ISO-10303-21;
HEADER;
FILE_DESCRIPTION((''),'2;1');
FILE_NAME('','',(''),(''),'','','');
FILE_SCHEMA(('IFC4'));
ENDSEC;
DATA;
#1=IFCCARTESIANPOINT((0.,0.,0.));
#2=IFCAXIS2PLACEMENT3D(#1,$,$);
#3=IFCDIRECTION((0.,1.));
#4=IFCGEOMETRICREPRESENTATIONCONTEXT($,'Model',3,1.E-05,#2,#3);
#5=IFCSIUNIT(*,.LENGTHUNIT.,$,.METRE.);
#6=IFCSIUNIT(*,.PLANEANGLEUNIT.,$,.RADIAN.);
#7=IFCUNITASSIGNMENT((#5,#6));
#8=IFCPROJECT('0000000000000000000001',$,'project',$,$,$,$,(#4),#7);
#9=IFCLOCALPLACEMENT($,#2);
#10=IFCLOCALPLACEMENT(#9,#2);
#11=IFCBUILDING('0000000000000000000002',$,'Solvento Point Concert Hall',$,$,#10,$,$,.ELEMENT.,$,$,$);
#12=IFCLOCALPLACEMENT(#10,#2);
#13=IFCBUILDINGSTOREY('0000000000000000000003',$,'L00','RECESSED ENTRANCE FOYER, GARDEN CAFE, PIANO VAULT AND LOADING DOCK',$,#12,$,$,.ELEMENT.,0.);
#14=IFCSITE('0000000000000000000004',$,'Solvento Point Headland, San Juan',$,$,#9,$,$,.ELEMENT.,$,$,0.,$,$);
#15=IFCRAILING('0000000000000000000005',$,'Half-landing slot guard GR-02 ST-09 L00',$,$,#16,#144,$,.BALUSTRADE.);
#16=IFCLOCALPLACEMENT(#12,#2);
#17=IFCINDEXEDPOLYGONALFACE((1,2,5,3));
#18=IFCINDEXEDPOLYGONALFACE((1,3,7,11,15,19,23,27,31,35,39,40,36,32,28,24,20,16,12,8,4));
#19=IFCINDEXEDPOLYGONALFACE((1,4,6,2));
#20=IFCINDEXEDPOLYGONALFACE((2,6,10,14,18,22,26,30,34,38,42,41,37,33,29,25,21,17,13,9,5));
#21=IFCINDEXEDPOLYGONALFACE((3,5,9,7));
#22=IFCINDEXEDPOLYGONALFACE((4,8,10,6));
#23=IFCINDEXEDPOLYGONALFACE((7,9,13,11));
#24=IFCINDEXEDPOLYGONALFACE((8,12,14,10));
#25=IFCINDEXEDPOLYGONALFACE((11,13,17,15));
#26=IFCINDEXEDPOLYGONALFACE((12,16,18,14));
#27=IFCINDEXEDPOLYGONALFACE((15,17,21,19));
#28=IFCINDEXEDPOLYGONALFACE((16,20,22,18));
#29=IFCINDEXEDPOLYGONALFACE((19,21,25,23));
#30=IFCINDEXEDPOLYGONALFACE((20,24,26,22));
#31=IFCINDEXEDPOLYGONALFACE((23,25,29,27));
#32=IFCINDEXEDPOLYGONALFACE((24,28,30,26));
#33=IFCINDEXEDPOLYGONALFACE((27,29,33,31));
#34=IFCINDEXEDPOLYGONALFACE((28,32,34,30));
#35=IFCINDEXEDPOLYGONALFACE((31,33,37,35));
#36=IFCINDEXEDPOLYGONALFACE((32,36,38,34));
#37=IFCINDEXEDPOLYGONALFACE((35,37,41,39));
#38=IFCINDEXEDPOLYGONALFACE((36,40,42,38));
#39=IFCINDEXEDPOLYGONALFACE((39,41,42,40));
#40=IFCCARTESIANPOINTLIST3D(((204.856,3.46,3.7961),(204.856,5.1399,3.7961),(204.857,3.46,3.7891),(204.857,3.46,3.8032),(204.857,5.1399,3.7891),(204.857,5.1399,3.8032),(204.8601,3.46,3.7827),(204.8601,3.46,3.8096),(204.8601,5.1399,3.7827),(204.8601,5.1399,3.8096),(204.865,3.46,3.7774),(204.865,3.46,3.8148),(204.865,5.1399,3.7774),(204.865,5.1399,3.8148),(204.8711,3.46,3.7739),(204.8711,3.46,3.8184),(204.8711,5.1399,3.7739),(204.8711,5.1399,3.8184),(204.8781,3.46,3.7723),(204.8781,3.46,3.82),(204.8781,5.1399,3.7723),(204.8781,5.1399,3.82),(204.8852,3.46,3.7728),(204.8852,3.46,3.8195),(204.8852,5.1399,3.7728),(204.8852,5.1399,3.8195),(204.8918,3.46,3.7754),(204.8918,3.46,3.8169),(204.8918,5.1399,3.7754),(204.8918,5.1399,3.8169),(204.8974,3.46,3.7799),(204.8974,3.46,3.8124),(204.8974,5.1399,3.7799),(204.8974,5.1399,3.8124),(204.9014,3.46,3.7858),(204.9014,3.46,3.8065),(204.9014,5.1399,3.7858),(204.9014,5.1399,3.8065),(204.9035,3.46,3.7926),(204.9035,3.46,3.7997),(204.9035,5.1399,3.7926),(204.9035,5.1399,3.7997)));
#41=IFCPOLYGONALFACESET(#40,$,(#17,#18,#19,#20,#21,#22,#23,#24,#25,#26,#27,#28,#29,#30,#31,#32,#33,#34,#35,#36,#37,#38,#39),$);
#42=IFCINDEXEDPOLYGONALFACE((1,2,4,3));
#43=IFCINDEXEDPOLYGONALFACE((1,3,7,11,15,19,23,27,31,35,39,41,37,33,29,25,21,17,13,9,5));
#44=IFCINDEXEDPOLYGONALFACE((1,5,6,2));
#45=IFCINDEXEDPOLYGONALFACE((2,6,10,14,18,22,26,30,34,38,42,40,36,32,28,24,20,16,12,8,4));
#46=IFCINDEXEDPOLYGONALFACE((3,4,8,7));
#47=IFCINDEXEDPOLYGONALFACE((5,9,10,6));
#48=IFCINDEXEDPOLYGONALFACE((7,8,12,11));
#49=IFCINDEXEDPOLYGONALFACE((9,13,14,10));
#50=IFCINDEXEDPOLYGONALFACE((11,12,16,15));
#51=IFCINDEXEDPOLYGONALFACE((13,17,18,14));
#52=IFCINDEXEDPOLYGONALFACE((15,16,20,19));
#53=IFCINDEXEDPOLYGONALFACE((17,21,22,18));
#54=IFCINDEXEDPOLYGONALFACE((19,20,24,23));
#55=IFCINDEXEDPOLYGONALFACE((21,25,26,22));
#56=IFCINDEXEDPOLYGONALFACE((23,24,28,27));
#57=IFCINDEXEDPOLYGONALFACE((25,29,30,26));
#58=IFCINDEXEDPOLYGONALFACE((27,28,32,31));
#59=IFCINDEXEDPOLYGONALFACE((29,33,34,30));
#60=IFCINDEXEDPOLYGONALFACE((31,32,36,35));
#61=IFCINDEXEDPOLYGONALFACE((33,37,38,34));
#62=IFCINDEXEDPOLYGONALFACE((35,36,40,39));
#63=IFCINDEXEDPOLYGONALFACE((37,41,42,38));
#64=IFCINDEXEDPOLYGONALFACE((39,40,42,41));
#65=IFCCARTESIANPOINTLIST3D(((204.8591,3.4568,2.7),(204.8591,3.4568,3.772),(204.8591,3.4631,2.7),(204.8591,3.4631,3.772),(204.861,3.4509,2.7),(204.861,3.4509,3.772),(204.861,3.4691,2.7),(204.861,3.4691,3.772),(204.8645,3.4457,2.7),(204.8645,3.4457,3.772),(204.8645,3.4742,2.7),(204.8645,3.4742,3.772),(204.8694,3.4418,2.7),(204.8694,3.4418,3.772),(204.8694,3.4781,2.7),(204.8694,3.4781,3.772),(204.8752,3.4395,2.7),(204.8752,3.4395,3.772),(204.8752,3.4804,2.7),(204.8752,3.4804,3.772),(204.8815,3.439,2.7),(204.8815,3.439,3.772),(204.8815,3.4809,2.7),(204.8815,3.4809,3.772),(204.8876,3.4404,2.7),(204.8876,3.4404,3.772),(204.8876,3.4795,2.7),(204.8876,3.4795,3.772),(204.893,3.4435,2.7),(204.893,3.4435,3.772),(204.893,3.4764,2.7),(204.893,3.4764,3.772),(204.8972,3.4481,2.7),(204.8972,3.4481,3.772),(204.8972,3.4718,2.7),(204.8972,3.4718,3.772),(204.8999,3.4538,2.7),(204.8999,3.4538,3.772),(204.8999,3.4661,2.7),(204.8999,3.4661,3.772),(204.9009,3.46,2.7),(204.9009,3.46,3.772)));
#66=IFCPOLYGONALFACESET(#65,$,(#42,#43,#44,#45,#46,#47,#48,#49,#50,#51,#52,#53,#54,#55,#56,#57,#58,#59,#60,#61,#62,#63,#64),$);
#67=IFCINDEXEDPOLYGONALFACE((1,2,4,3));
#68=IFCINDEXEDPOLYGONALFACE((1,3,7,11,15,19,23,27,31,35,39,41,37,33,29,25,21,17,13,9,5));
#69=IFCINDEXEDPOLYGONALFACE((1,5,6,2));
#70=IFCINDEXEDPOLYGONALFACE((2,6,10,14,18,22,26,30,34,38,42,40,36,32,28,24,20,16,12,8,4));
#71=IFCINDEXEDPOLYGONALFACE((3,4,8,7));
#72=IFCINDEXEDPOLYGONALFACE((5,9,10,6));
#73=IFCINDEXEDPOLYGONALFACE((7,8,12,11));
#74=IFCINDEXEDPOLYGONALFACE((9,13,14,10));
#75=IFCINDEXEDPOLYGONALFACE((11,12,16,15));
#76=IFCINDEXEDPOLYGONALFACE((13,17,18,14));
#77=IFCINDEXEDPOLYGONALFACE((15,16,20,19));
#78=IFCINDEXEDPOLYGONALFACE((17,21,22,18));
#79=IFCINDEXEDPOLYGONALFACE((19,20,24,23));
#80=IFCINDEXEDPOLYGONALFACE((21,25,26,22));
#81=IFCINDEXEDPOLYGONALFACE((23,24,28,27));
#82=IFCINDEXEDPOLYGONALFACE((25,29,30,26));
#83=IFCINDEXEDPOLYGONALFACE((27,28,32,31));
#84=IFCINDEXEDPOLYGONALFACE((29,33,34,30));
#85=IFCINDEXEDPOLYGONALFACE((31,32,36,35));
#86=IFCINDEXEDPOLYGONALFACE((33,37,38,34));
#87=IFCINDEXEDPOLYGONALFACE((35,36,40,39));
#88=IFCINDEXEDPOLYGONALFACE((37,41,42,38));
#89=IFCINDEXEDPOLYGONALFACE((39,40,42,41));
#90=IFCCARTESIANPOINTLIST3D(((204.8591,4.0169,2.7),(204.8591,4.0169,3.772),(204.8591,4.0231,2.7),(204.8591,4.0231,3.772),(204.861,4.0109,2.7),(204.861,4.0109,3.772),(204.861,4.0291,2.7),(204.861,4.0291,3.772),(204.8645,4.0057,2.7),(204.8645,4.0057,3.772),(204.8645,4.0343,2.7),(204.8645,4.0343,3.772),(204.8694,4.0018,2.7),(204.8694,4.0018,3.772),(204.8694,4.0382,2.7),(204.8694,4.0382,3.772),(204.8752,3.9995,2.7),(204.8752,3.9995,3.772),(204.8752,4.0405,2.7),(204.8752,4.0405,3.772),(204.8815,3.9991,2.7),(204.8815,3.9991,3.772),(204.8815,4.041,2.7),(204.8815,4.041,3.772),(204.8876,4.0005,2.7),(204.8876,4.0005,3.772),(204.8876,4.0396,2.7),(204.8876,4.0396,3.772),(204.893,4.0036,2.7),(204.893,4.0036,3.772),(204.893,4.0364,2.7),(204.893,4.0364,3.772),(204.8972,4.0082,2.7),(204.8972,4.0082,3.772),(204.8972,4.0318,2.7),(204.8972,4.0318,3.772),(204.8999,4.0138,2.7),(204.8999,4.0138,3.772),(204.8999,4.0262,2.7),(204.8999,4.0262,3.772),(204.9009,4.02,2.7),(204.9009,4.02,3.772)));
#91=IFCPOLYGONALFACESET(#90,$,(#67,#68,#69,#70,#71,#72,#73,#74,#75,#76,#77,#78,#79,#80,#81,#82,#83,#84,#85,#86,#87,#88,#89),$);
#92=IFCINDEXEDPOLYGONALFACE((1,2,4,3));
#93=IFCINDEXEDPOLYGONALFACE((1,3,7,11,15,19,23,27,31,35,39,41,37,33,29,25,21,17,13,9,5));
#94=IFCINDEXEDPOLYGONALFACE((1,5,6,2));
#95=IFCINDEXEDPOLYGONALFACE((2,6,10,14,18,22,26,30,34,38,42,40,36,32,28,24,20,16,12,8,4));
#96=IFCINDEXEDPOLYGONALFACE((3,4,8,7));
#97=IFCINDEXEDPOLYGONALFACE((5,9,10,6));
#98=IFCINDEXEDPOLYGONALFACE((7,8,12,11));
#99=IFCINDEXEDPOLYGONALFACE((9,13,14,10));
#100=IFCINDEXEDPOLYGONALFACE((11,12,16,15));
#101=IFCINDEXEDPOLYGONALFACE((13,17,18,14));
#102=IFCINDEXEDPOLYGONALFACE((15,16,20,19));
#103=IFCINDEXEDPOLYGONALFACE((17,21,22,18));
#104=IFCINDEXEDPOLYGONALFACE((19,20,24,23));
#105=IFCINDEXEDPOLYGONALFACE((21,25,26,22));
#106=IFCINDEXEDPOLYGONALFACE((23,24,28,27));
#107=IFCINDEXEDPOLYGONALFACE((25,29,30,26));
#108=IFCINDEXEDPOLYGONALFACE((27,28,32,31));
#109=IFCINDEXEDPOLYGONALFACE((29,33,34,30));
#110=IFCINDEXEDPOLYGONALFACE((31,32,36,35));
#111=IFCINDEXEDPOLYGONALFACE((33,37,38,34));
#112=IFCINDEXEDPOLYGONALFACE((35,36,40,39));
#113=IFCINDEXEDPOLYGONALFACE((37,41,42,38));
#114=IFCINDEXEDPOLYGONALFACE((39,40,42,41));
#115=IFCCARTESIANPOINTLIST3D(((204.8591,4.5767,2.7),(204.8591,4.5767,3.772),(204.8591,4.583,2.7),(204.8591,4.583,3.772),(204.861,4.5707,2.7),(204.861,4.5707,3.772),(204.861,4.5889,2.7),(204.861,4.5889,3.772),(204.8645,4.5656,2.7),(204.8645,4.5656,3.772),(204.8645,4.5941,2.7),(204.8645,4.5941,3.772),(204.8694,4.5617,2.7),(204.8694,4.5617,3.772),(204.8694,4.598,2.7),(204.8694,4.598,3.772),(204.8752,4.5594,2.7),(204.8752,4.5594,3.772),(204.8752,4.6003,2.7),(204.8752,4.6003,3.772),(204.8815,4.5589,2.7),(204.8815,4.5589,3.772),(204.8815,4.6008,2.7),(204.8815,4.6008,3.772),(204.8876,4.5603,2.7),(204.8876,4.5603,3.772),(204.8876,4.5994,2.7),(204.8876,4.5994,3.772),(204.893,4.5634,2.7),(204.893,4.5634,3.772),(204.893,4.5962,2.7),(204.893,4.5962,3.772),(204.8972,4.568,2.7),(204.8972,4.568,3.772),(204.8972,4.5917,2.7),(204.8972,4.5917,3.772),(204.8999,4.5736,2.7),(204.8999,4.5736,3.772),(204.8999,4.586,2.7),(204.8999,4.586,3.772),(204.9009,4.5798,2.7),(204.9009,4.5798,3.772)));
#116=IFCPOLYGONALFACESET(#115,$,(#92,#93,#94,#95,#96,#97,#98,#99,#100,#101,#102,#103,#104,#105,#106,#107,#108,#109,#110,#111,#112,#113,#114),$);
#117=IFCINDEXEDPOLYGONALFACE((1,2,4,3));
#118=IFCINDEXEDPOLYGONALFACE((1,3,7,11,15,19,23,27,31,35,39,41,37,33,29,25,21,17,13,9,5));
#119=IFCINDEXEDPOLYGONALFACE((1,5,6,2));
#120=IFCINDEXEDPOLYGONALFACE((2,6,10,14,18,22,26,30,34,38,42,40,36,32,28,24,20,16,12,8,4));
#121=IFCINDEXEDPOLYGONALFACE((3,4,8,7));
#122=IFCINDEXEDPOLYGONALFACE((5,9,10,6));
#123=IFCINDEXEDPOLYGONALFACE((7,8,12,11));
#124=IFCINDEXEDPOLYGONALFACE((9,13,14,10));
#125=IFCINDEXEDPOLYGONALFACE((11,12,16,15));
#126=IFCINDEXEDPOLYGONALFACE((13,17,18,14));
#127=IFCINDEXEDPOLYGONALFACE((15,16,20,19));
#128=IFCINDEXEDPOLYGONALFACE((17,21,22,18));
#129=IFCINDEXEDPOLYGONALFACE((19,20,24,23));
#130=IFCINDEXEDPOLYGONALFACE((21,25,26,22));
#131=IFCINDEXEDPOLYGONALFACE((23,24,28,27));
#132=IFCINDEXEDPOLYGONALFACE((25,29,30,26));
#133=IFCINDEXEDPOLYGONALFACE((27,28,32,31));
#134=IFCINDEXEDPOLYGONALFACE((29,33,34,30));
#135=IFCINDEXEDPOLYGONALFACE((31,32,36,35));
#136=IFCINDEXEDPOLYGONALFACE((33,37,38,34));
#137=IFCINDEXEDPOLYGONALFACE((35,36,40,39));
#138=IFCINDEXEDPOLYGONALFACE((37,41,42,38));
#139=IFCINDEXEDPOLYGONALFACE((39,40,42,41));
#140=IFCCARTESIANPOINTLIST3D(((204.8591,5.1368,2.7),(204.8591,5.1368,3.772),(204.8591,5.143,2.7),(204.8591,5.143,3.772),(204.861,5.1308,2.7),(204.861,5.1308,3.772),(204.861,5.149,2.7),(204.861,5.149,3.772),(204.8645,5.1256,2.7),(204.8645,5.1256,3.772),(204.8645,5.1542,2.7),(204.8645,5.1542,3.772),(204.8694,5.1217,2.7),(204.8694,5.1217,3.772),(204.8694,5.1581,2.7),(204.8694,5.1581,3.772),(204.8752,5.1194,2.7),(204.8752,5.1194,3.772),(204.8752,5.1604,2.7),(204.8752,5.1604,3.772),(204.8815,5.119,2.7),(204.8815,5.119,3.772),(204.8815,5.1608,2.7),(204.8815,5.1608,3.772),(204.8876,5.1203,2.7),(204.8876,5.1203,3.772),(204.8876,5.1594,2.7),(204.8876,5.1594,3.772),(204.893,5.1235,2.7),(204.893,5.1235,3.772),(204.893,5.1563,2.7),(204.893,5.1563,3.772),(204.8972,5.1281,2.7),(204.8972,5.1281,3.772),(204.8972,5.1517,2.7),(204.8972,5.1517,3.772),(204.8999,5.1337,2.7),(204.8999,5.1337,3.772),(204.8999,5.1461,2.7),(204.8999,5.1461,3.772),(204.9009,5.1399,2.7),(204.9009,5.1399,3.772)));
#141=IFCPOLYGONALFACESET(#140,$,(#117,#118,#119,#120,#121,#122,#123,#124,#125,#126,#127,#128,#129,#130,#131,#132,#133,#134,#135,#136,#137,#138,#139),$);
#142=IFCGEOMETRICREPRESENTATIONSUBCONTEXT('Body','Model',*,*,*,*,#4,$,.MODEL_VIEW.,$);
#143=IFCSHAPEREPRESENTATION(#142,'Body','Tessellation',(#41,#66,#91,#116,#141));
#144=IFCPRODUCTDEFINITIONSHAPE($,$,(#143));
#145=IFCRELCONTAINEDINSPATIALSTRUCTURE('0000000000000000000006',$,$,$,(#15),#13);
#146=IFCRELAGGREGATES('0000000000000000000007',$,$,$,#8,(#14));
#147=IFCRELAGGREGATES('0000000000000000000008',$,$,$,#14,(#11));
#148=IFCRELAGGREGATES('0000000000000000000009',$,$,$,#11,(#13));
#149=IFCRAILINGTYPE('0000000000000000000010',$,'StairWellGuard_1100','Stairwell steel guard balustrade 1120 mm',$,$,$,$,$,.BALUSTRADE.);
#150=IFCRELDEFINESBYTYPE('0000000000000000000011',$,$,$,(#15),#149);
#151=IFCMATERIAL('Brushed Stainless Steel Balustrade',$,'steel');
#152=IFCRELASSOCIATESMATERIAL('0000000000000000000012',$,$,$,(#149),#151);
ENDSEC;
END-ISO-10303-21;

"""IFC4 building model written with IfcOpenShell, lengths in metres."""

from ifc_helpers import new_model, si_unit, direction, frame, origin, origin_2d, place, context, subcontext, project, spatial, circle, extrude, material, type_object, element, save


model = new_model("IFC4")

# Units and contexts
model_context = context("Model", 3, precision=1e-05, world=origin(), true_north=direction((0.0, 1.0)))
body_context = subcontext(model_context, "Body", "Model", "MODEL_VIEW")
ifc_project = project(units=[si_unit("LENGTHUNIT", "METRE"), si_unit("PLANEANGLEUNIT", "RADIAN")], contexts=[model_context])

# Site, building, storey
site_placement = place(None, origin())
site = spatial("IfcSite", under=ifc_project, at=site_placement, Name="Solvento Point Headland, San Juan", CompositionType="ELEMENT", RefElevation=0.0)
building_placement = place(site_placement, origin())
building = spatial("IfcBuilding", under=site, at=building_placement, Name="Solvento Point Concert Hall", CompositionType="ELEMENT")
storey_placement = place(building_placement, origin())
storey = spatial("IfcBuildingStorey", under=building, at=storey_placement, Name="L00", Description="RECESSED ENTRANCE FOYER, GARDEN CAFE, PIANO VAULT AND LOADING DOCK", CompositionType="ELEMENT", Elevation=0.0)

# Railing
ifc_material_1 = material(Name="Brushed Stainless Steel Balustrade", Category="steel")
railing_type_1 = type_object("IfcRailingType", Name="StairWellGuard_1100", Description="Stairwell steel guard balustrade 1120 mm", PredefinedType="BALUSTRADE", material=ifc_material_1)
railing_1_placement = place(storey_placement, frame((204.8799, 3.46, 2.7)))
element("IfcRailing", 1, at=railing_1_placement, inside=storey, type_object=railing_type_1, Name="Half-landing slot guard GR-02 ST-09 L00", PredefinedType="BALUSTRADE", context=body_context, shape_type="SweptSolid", body=[
    extrude(circle(Radius=0.0239, at=origin_2d()), frame((0.0, 0.0, 1.0962), z_axis=(0.0, 1.0, 0.0), x_axis=(-1.0, 0.0, 0.0)), (0.0, 0.0, 1.0), 1.6799),
    extrude(circle(Radius=0.021, at=origin_2d()), origin(), (0.0, 0.0, 1.0), 1.072),
    extrude(circle(Radius=0.021, at=origin_2d()), frame((0.0, 0.5601, 0.0)), (0.0, 0.0, 1.0), 1.072),
    extrude(circle(Radius=0.021, at=origin_2d()), frame((0.0, 1.1199, 0.0)), (0.0, 0.0, 1.0), 1.072),
    extrude(circle(Radius=0.021, at=origin_2d()), frame((0.0, 1.6799, 0.0)), (0.0, 0.0, 1.0), 1.072),
])

save(model, "model.ifc")
